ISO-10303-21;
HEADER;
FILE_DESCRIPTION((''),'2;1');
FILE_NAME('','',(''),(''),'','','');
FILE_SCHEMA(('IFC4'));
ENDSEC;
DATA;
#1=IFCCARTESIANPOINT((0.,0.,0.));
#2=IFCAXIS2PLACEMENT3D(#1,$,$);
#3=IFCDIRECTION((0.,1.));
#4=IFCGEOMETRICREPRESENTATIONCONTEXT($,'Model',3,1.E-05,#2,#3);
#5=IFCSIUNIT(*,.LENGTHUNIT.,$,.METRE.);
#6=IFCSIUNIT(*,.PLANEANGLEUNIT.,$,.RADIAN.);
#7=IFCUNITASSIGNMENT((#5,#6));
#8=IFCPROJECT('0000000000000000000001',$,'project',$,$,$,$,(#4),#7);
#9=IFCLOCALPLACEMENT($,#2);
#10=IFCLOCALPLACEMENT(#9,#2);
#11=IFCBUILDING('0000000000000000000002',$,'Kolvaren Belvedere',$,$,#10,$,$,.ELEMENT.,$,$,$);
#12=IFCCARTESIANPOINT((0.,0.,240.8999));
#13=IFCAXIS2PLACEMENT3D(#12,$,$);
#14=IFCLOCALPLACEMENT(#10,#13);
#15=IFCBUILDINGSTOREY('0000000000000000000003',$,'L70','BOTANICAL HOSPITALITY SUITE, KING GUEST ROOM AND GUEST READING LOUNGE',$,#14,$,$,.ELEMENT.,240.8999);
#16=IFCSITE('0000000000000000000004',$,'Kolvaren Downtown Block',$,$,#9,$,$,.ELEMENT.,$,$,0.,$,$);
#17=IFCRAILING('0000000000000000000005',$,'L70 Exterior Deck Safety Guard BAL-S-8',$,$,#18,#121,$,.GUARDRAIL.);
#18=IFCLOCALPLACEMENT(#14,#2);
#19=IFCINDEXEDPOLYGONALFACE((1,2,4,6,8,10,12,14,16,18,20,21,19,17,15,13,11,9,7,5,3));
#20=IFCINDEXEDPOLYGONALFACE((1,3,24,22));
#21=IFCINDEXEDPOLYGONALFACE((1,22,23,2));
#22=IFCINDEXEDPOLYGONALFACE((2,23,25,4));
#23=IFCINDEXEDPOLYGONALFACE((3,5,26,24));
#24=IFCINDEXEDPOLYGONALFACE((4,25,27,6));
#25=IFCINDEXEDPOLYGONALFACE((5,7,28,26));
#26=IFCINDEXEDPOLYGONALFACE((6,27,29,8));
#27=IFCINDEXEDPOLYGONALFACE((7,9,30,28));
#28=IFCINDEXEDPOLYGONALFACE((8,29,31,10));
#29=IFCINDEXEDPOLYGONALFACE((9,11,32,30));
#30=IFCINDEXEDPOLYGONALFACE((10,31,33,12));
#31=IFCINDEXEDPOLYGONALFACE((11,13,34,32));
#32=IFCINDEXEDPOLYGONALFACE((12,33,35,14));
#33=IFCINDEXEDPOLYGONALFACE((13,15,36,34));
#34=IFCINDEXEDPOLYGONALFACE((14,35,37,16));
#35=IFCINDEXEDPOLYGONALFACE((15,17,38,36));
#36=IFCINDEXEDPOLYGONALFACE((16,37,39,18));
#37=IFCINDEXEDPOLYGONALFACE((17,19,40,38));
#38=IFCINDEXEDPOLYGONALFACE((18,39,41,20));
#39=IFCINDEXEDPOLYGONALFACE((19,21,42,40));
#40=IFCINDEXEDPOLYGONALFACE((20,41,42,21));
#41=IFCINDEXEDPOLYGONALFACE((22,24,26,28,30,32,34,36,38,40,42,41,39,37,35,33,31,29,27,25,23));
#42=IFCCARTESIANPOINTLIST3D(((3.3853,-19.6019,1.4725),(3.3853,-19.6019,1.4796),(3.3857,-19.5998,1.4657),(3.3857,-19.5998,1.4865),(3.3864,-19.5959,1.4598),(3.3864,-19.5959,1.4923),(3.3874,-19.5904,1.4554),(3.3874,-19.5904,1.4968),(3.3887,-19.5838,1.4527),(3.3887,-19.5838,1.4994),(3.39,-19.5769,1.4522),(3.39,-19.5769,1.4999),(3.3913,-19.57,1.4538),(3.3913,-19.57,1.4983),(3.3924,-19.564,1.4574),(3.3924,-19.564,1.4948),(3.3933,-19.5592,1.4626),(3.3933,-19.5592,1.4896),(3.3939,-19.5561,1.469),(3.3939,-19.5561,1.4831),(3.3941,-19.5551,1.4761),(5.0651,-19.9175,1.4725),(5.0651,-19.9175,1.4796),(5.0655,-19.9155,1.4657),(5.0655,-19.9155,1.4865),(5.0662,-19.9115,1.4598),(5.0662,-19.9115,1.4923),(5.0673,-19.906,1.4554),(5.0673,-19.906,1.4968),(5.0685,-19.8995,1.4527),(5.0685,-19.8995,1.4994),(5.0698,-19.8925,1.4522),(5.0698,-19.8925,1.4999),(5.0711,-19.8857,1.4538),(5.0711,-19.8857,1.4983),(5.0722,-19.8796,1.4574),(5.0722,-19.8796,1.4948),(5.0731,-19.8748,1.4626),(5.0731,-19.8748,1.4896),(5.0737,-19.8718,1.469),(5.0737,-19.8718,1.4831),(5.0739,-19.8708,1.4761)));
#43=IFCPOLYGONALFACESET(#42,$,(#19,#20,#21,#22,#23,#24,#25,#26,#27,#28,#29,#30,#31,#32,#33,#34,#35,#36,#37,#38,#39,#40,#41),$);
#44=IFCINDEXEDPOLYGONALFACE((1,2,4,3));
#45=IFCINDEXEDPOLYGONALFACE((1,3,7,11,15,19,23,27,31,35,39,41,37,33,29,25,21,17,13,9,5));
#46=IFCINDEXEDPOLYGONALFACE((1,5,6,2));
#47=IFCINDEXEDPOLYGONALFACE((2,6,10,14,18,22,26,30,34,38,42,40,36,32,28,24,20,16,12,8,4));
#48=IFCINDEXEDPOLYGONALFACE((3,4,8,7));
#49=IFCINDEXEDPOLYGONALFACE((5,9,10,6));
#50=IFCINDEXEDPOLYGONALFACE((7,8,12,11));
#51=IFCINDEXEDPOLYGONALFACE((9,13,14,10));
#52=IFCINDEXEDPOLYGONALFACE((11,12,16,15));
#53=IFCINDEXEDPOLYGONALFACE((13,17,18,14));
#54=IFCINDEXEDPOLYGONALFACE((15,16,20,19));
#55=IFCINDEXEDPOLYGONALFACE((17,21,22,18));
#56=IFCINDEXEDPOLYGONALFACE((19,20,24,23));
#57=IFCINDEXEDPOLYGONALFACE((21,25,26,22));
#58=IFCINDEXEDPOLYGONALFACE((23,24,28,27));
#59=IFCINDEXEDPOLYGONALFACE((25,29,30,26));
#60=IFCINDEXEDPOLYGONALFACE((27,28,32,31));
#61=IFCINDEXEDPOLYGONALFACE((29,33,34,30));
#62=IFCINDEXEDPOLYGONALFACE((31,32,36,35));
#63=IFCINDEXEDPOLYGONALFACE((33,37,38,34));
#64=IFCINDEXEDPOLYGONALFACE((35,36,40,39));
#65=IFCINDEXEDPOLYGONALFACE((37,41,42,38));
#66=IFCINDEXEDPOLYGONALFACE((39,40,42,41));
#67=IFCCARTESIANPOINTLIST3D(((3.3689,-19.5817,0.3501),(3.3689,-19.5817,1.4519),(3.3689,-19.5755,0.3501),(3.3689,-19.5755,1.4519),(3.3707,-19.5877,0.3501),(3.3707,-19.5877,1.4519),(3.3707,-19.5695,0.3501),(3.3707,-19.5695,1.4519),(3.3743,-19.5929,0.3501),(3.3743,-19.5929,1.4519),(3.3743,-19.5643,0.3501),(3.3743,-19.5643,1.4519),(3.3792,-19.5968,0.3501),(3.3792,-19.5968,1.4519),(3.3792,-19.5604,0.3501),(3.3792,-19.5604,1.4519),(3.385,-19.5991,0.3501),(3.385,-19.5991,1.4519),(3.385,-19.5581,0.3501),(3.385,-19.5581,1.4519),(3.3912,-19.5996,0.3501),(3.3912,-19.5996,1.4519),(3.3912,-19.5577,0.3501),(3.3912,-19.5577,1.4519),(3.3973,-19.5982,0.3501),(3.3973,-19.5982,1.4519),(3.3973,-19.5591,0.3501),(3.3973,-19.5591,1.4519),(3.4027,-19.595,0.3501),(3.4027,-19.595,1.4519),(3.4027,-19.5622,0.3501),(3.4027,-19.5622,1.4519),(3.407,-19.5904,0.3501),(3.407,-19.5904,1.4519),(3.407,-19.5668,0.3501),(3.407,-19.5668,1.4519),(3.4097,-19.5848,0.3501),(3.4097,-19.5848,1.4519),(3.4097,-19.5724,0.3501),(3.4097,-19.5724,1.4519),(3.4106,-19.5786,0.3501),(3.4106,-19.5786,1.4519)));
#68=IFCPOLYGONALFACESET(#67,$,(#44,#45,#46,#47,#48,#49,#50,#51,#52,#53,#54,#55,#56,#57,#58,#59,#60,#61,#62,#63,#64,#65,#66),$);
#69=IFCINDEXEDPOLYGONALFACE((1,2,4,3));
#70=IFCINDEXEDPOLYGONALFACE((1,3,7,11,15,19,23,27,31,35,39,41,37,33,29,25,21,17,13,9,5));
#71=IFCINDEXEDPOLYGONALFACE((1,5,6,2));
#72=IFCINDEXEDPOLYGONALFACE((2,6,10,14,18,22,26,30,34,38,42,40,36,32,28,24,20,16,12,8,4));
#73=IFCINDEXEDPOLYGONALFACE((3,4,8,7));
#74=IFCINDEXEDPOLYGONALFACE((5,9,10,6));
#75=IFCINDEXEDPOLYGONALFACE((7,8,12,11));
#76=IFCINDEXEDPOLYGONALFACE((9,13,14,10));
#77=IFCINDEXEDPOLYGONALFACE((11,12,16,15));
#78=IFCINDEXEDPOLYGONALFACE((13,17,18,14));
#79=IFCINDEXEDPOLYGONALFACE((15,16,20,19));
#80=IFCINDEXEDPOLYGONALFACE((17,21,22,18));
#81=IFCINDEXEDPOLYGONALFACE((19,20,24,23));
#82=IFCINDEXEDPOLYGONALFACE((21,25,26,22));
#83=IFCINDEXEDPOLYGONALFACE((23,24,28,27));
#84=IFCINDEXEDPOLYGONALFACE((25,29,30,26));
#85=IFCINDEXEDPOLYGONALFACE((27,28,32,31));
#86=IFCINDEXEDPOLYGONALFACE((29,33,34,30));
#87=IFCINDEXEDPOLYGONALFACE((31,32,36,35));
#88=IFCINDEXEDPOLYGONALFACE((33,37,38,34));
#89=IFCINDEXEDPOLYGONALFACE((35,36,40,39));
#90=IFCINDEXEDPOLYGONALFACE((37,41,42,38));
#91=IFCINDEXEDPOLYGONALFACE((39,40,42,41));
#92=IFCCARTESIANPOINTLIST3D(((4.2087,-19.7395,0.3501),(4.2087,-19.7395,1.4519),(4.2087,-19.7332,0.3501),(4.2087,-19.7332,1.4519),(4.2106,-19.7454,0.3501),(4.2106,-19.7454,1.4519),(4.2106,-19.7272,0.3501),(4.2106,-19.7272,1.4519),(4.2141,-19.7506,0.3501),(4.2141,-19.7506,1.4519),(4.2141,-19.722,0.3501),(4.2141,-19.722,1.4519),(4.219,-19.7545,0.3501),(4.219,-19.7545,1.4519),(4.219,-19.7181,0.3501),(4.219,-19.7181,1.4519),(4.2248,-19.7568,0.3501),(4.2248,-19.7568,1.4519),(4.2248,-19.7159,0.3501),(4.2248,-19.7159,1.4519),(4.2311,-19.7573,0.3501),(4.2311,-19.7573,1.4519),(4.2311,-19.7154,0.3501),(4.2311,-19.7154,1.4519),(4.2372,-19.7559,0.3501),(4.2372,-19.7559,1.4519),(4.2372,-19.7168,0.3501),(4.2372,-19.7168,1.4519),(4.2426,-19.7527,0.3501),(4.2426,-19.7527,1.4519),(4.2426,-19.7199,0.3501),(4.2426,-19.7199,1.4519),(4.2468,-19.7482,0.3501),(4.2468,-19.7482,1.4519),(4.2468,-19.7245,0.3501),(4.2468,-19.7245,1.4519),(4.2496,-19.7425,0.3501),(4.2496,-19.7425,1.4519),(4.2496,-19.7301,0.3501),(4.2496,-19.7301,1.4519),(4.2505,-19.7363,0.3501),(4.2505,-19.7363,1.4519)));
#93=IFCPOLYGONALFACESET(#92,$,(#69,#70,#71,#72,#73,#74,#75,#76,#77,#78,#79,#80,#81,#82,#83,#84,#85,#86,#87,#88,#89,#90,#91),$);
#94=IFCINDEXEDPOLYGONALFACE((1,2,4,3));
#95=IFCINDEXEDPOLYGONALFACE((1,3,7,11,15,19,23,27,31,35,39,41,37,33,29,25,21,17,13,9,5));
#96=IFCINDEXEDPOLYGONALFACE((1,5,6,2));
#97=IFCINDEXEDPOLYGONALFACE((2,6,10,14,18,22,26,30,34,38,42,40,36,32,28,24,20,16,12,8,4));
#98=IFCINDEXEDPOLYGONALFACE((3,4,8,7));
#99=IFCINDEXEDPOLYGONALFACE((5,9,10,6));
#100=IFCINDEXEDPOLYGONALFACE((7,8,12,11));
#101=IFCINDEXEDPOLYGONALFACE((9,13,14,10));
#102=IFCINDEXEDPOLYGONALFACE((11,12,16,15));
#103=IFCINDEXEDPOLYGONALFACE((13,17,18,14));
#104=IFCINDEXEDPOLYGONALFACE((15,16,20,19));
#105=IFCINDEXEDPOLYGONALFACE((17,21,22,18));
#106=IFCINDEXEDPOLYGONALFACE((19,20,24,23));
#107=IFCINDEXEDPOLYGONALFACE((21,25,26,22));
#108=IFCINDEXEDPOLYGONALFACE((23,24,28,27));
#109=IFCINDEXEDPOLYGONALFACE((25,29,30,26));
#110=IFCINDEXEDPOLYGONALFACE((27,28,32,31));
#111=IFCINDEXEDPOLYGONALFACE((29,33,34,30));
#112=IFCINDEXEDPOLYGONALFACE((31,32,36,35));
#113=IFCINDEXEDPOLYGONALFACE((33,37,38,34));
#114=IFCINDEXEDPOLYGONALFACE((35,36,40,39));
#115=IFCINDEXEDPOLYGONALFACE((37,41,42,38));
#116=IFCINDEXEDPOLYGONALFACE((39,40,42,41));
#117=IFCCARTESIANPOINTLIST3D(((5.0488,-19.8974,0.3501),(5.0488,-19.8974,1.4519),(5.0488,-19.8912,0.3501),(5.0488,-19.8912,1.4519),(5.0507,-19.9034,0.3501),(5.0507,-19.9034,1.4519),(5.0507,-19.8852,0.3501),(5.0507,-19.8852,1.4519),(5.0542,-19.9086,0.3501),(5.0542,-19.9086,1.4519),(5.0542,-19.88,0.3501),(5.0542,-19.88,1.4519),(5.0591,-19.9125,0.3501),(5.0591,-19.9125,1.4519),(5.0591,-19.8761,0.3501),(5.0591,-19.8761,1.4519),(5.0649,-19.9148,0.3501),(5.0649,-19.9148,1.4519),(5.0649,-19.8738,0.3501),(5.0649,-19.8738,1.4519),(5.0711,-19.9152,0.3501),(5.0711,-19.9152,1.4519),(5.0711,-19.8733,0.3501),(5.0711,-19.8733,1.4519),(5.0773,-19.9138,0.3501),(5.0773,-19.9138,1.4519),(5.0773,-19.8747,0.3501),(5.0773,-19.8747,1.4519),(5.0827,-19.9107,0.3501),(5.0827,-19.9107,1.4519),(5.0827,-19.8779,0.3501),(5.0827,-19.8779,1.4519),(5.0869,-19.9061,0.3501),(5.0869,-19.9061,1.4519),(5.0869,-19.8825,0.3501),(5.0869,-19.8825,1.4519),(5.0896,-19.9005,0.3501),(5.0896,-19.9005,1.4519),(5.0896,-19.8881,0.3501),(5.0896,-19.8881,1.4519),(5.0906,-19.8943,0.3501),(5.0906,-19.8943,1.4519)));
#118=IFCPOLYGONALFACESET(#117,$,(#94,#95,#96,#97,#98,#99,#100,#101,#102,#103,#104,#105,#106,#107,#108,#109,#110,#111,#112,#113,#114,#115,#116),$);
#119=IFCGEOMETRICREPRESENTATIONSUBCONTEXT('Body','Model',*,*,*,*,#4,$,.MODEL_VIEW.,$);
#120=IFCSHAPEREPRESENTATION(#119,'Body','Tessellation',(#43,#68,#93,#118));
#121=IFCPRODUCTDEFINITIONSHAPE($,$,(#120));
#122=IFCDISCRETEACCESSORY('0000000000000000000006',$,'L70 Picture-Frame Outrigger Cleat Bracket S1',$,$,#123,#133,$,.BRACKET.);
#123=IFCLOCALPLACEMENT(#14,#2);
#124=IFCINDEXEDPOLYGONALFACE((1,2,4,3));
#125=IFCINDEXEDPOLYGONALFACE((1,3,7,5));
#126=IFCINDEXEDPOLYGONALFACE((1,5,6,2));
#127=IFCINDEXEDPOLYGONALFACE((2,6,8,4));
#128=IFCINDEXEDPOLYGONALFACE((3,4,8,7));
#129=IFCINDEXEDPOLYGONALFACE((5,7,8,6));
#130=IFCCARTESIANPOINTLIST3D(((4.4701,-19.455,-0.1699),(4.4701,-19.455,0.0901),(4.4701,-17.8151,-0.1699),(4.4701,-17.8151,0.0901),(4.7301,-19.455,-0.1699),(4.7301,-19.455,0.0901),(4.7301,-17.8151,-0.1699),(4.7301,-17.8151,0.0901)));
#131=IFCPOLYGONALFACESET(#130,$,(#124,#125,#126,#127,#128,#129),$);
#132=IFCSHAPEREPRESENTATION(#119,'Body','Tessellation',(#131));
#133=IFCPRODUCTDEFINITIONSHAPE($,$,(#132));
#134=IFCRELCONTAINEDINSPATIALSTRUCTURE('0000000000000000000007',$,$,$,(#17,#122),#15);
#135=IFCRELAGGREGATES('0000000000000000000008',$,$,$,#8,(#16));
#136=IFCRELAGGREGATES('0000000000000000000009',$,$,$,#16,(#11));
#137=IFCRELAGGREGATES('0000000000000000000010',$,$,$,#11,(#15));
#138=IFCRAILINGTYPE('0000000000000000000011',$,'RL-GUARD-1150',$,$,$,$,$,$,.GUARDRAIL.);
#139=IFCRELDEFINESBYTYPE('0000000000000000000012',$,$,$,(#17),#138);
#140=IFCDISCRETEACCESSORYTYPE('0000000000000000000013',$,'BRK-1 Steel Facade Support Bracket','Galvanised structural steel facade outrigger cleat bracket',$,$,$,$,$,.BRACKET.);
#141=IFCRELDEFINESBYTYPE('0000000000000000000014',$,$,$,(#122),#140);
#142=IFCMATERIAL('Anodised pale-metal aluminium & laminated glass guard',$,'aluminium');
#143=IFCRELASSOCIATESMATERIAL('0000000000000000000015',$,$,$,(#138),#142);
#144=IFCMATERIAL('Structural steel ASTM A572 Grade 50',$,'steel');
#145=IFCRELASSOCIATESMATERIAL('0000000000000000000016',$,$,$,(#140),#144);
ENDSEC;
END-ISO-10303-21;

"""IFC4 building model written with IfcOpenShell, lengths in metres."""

from ifc_helpers import new_model, si_unit, direction, frame, origin, origin_2d, place, context, subcontext, project, spatial, rectangle, circle, extrude, material, type_object, element, save


model = new_model("IFC4")

# Units and contexts
model_context = context("Model", 3, precision=1e-05, world=origin(), true_north=direction((0.0, 1.0)))
body_context = subcontext(model_context, "Body", "Model", "MODEL_VIEW")
ifc_project = project(units=[si_unit("LENGTHUNIT", "METRE"), si_unit("PLANEANGLEUNIT", "RADIAN")], contexts=[model_context])

# Site, building, storey
site_placement = place(None, origin())
site = spatial("IfcSite", under=ifc_project, at=site_placement, Name="Kolvaren Downtown Block", CompositionType="ELEMENT", RefElevation=0.0)
building_placement = place(site_placement, origin())
building = spatial("IfcBuilding", under=site, at=building_placement, Name="Kolvaren Belvedere", CompositionType="ELEMENT")
storey_placement = place(building_placement, frame((0.0, 0.0, 240.8999)))
storey = spatial("IfcBuildingStorey", under=building, at=storey_placement, Name="L70", Description="BOTANICAL HOSPITALITY SUITE, KING GUEST ROOM AND GUEST READING LOUNGE", CompositionType="ELEMENT", Elevation=240.8999)

# Railing
ifc_material_1 = material(Name="Anodised pale-metal aluminium & laminated glass guard", Category="aluminium")
railing_type = type_object("IfcRailingType", Name="RL-GUARD-1150", PredefinedType="GUARDRAIL", material=ifc_material_1)
railing_1_placement = place(storey_placement, frame((3.3896, -19.5786, 0.3501)))
element("IfcRailing", 1, at=railing_1_placement, inside=storey, type_object=railing_type, Name="L70 Exterior Deck Safety Guard BAL-S-8", PredefinedType="GUARDRAIL", context=body_context, shape_type="SweptSolid", body=[
    extrude(circle(Radius=0.0239, at=origin_2d()), frame((0.0, 0.0, 1.126), z_axis=(0.982799, -0.184677, 0.0), x_axis=(0.184677, 0.982799, 0.0)), (0.0, 0.0, 1.0), 1.7092),
    extrude(circle(Radius=0.021, at=origin_2d()), origin(), (0.0, 0.0, 1.0), 1.1018),
    extrude(circle(Radius=0.021, at=origin_2d()), frame((0.8398, -0.1577, 0.0)), (0.0, 0.0, 1.0), 1.1018),
    extrude(circle(Radius=0.021, at=origin_2d()), frame((1.6799, -0.3157, 0.0)), (0.0, 0.0, 1.0), 1.1018),
])

# Discrete accessory
ifc_material_2 = material(Name="Structural steel ASTM A572 Grade 50", Category="steel")
discrete_accessory_type = type_object("IfcDiscreteAccessoryType", Name="BRK-1 Steel Facade Support Bracket", Description="Galvanised structural steel facade outrigger cleat bracket", PredefinedType="BRACKET", material=ifc_material_2)
discrete_accessory_placement = place(storey_placement, frame((4.6001, -18.635, -0.1699), z_axis=(0.0, 0.0, 1.0), x_axis=(0.0, 1.0, 0.0)))
element("IfcDiscreteAccessory", 2, at=discrete_accessory_placement, inside=storey, type_object=discrete_accessory_type, Name="L70 Picture-Frame Outrigger Cleat Bracket S1", PredefinedType="BRACKET", context=body_context, shape_type="SweptSolid", body=[
    extrude(rectangle(XDim=1.6399, YDim=0.26, at=origin_2d()), origin(), (0.0, 0.0, 1.0), 0.26),
])

save(model, "model.ifc")
